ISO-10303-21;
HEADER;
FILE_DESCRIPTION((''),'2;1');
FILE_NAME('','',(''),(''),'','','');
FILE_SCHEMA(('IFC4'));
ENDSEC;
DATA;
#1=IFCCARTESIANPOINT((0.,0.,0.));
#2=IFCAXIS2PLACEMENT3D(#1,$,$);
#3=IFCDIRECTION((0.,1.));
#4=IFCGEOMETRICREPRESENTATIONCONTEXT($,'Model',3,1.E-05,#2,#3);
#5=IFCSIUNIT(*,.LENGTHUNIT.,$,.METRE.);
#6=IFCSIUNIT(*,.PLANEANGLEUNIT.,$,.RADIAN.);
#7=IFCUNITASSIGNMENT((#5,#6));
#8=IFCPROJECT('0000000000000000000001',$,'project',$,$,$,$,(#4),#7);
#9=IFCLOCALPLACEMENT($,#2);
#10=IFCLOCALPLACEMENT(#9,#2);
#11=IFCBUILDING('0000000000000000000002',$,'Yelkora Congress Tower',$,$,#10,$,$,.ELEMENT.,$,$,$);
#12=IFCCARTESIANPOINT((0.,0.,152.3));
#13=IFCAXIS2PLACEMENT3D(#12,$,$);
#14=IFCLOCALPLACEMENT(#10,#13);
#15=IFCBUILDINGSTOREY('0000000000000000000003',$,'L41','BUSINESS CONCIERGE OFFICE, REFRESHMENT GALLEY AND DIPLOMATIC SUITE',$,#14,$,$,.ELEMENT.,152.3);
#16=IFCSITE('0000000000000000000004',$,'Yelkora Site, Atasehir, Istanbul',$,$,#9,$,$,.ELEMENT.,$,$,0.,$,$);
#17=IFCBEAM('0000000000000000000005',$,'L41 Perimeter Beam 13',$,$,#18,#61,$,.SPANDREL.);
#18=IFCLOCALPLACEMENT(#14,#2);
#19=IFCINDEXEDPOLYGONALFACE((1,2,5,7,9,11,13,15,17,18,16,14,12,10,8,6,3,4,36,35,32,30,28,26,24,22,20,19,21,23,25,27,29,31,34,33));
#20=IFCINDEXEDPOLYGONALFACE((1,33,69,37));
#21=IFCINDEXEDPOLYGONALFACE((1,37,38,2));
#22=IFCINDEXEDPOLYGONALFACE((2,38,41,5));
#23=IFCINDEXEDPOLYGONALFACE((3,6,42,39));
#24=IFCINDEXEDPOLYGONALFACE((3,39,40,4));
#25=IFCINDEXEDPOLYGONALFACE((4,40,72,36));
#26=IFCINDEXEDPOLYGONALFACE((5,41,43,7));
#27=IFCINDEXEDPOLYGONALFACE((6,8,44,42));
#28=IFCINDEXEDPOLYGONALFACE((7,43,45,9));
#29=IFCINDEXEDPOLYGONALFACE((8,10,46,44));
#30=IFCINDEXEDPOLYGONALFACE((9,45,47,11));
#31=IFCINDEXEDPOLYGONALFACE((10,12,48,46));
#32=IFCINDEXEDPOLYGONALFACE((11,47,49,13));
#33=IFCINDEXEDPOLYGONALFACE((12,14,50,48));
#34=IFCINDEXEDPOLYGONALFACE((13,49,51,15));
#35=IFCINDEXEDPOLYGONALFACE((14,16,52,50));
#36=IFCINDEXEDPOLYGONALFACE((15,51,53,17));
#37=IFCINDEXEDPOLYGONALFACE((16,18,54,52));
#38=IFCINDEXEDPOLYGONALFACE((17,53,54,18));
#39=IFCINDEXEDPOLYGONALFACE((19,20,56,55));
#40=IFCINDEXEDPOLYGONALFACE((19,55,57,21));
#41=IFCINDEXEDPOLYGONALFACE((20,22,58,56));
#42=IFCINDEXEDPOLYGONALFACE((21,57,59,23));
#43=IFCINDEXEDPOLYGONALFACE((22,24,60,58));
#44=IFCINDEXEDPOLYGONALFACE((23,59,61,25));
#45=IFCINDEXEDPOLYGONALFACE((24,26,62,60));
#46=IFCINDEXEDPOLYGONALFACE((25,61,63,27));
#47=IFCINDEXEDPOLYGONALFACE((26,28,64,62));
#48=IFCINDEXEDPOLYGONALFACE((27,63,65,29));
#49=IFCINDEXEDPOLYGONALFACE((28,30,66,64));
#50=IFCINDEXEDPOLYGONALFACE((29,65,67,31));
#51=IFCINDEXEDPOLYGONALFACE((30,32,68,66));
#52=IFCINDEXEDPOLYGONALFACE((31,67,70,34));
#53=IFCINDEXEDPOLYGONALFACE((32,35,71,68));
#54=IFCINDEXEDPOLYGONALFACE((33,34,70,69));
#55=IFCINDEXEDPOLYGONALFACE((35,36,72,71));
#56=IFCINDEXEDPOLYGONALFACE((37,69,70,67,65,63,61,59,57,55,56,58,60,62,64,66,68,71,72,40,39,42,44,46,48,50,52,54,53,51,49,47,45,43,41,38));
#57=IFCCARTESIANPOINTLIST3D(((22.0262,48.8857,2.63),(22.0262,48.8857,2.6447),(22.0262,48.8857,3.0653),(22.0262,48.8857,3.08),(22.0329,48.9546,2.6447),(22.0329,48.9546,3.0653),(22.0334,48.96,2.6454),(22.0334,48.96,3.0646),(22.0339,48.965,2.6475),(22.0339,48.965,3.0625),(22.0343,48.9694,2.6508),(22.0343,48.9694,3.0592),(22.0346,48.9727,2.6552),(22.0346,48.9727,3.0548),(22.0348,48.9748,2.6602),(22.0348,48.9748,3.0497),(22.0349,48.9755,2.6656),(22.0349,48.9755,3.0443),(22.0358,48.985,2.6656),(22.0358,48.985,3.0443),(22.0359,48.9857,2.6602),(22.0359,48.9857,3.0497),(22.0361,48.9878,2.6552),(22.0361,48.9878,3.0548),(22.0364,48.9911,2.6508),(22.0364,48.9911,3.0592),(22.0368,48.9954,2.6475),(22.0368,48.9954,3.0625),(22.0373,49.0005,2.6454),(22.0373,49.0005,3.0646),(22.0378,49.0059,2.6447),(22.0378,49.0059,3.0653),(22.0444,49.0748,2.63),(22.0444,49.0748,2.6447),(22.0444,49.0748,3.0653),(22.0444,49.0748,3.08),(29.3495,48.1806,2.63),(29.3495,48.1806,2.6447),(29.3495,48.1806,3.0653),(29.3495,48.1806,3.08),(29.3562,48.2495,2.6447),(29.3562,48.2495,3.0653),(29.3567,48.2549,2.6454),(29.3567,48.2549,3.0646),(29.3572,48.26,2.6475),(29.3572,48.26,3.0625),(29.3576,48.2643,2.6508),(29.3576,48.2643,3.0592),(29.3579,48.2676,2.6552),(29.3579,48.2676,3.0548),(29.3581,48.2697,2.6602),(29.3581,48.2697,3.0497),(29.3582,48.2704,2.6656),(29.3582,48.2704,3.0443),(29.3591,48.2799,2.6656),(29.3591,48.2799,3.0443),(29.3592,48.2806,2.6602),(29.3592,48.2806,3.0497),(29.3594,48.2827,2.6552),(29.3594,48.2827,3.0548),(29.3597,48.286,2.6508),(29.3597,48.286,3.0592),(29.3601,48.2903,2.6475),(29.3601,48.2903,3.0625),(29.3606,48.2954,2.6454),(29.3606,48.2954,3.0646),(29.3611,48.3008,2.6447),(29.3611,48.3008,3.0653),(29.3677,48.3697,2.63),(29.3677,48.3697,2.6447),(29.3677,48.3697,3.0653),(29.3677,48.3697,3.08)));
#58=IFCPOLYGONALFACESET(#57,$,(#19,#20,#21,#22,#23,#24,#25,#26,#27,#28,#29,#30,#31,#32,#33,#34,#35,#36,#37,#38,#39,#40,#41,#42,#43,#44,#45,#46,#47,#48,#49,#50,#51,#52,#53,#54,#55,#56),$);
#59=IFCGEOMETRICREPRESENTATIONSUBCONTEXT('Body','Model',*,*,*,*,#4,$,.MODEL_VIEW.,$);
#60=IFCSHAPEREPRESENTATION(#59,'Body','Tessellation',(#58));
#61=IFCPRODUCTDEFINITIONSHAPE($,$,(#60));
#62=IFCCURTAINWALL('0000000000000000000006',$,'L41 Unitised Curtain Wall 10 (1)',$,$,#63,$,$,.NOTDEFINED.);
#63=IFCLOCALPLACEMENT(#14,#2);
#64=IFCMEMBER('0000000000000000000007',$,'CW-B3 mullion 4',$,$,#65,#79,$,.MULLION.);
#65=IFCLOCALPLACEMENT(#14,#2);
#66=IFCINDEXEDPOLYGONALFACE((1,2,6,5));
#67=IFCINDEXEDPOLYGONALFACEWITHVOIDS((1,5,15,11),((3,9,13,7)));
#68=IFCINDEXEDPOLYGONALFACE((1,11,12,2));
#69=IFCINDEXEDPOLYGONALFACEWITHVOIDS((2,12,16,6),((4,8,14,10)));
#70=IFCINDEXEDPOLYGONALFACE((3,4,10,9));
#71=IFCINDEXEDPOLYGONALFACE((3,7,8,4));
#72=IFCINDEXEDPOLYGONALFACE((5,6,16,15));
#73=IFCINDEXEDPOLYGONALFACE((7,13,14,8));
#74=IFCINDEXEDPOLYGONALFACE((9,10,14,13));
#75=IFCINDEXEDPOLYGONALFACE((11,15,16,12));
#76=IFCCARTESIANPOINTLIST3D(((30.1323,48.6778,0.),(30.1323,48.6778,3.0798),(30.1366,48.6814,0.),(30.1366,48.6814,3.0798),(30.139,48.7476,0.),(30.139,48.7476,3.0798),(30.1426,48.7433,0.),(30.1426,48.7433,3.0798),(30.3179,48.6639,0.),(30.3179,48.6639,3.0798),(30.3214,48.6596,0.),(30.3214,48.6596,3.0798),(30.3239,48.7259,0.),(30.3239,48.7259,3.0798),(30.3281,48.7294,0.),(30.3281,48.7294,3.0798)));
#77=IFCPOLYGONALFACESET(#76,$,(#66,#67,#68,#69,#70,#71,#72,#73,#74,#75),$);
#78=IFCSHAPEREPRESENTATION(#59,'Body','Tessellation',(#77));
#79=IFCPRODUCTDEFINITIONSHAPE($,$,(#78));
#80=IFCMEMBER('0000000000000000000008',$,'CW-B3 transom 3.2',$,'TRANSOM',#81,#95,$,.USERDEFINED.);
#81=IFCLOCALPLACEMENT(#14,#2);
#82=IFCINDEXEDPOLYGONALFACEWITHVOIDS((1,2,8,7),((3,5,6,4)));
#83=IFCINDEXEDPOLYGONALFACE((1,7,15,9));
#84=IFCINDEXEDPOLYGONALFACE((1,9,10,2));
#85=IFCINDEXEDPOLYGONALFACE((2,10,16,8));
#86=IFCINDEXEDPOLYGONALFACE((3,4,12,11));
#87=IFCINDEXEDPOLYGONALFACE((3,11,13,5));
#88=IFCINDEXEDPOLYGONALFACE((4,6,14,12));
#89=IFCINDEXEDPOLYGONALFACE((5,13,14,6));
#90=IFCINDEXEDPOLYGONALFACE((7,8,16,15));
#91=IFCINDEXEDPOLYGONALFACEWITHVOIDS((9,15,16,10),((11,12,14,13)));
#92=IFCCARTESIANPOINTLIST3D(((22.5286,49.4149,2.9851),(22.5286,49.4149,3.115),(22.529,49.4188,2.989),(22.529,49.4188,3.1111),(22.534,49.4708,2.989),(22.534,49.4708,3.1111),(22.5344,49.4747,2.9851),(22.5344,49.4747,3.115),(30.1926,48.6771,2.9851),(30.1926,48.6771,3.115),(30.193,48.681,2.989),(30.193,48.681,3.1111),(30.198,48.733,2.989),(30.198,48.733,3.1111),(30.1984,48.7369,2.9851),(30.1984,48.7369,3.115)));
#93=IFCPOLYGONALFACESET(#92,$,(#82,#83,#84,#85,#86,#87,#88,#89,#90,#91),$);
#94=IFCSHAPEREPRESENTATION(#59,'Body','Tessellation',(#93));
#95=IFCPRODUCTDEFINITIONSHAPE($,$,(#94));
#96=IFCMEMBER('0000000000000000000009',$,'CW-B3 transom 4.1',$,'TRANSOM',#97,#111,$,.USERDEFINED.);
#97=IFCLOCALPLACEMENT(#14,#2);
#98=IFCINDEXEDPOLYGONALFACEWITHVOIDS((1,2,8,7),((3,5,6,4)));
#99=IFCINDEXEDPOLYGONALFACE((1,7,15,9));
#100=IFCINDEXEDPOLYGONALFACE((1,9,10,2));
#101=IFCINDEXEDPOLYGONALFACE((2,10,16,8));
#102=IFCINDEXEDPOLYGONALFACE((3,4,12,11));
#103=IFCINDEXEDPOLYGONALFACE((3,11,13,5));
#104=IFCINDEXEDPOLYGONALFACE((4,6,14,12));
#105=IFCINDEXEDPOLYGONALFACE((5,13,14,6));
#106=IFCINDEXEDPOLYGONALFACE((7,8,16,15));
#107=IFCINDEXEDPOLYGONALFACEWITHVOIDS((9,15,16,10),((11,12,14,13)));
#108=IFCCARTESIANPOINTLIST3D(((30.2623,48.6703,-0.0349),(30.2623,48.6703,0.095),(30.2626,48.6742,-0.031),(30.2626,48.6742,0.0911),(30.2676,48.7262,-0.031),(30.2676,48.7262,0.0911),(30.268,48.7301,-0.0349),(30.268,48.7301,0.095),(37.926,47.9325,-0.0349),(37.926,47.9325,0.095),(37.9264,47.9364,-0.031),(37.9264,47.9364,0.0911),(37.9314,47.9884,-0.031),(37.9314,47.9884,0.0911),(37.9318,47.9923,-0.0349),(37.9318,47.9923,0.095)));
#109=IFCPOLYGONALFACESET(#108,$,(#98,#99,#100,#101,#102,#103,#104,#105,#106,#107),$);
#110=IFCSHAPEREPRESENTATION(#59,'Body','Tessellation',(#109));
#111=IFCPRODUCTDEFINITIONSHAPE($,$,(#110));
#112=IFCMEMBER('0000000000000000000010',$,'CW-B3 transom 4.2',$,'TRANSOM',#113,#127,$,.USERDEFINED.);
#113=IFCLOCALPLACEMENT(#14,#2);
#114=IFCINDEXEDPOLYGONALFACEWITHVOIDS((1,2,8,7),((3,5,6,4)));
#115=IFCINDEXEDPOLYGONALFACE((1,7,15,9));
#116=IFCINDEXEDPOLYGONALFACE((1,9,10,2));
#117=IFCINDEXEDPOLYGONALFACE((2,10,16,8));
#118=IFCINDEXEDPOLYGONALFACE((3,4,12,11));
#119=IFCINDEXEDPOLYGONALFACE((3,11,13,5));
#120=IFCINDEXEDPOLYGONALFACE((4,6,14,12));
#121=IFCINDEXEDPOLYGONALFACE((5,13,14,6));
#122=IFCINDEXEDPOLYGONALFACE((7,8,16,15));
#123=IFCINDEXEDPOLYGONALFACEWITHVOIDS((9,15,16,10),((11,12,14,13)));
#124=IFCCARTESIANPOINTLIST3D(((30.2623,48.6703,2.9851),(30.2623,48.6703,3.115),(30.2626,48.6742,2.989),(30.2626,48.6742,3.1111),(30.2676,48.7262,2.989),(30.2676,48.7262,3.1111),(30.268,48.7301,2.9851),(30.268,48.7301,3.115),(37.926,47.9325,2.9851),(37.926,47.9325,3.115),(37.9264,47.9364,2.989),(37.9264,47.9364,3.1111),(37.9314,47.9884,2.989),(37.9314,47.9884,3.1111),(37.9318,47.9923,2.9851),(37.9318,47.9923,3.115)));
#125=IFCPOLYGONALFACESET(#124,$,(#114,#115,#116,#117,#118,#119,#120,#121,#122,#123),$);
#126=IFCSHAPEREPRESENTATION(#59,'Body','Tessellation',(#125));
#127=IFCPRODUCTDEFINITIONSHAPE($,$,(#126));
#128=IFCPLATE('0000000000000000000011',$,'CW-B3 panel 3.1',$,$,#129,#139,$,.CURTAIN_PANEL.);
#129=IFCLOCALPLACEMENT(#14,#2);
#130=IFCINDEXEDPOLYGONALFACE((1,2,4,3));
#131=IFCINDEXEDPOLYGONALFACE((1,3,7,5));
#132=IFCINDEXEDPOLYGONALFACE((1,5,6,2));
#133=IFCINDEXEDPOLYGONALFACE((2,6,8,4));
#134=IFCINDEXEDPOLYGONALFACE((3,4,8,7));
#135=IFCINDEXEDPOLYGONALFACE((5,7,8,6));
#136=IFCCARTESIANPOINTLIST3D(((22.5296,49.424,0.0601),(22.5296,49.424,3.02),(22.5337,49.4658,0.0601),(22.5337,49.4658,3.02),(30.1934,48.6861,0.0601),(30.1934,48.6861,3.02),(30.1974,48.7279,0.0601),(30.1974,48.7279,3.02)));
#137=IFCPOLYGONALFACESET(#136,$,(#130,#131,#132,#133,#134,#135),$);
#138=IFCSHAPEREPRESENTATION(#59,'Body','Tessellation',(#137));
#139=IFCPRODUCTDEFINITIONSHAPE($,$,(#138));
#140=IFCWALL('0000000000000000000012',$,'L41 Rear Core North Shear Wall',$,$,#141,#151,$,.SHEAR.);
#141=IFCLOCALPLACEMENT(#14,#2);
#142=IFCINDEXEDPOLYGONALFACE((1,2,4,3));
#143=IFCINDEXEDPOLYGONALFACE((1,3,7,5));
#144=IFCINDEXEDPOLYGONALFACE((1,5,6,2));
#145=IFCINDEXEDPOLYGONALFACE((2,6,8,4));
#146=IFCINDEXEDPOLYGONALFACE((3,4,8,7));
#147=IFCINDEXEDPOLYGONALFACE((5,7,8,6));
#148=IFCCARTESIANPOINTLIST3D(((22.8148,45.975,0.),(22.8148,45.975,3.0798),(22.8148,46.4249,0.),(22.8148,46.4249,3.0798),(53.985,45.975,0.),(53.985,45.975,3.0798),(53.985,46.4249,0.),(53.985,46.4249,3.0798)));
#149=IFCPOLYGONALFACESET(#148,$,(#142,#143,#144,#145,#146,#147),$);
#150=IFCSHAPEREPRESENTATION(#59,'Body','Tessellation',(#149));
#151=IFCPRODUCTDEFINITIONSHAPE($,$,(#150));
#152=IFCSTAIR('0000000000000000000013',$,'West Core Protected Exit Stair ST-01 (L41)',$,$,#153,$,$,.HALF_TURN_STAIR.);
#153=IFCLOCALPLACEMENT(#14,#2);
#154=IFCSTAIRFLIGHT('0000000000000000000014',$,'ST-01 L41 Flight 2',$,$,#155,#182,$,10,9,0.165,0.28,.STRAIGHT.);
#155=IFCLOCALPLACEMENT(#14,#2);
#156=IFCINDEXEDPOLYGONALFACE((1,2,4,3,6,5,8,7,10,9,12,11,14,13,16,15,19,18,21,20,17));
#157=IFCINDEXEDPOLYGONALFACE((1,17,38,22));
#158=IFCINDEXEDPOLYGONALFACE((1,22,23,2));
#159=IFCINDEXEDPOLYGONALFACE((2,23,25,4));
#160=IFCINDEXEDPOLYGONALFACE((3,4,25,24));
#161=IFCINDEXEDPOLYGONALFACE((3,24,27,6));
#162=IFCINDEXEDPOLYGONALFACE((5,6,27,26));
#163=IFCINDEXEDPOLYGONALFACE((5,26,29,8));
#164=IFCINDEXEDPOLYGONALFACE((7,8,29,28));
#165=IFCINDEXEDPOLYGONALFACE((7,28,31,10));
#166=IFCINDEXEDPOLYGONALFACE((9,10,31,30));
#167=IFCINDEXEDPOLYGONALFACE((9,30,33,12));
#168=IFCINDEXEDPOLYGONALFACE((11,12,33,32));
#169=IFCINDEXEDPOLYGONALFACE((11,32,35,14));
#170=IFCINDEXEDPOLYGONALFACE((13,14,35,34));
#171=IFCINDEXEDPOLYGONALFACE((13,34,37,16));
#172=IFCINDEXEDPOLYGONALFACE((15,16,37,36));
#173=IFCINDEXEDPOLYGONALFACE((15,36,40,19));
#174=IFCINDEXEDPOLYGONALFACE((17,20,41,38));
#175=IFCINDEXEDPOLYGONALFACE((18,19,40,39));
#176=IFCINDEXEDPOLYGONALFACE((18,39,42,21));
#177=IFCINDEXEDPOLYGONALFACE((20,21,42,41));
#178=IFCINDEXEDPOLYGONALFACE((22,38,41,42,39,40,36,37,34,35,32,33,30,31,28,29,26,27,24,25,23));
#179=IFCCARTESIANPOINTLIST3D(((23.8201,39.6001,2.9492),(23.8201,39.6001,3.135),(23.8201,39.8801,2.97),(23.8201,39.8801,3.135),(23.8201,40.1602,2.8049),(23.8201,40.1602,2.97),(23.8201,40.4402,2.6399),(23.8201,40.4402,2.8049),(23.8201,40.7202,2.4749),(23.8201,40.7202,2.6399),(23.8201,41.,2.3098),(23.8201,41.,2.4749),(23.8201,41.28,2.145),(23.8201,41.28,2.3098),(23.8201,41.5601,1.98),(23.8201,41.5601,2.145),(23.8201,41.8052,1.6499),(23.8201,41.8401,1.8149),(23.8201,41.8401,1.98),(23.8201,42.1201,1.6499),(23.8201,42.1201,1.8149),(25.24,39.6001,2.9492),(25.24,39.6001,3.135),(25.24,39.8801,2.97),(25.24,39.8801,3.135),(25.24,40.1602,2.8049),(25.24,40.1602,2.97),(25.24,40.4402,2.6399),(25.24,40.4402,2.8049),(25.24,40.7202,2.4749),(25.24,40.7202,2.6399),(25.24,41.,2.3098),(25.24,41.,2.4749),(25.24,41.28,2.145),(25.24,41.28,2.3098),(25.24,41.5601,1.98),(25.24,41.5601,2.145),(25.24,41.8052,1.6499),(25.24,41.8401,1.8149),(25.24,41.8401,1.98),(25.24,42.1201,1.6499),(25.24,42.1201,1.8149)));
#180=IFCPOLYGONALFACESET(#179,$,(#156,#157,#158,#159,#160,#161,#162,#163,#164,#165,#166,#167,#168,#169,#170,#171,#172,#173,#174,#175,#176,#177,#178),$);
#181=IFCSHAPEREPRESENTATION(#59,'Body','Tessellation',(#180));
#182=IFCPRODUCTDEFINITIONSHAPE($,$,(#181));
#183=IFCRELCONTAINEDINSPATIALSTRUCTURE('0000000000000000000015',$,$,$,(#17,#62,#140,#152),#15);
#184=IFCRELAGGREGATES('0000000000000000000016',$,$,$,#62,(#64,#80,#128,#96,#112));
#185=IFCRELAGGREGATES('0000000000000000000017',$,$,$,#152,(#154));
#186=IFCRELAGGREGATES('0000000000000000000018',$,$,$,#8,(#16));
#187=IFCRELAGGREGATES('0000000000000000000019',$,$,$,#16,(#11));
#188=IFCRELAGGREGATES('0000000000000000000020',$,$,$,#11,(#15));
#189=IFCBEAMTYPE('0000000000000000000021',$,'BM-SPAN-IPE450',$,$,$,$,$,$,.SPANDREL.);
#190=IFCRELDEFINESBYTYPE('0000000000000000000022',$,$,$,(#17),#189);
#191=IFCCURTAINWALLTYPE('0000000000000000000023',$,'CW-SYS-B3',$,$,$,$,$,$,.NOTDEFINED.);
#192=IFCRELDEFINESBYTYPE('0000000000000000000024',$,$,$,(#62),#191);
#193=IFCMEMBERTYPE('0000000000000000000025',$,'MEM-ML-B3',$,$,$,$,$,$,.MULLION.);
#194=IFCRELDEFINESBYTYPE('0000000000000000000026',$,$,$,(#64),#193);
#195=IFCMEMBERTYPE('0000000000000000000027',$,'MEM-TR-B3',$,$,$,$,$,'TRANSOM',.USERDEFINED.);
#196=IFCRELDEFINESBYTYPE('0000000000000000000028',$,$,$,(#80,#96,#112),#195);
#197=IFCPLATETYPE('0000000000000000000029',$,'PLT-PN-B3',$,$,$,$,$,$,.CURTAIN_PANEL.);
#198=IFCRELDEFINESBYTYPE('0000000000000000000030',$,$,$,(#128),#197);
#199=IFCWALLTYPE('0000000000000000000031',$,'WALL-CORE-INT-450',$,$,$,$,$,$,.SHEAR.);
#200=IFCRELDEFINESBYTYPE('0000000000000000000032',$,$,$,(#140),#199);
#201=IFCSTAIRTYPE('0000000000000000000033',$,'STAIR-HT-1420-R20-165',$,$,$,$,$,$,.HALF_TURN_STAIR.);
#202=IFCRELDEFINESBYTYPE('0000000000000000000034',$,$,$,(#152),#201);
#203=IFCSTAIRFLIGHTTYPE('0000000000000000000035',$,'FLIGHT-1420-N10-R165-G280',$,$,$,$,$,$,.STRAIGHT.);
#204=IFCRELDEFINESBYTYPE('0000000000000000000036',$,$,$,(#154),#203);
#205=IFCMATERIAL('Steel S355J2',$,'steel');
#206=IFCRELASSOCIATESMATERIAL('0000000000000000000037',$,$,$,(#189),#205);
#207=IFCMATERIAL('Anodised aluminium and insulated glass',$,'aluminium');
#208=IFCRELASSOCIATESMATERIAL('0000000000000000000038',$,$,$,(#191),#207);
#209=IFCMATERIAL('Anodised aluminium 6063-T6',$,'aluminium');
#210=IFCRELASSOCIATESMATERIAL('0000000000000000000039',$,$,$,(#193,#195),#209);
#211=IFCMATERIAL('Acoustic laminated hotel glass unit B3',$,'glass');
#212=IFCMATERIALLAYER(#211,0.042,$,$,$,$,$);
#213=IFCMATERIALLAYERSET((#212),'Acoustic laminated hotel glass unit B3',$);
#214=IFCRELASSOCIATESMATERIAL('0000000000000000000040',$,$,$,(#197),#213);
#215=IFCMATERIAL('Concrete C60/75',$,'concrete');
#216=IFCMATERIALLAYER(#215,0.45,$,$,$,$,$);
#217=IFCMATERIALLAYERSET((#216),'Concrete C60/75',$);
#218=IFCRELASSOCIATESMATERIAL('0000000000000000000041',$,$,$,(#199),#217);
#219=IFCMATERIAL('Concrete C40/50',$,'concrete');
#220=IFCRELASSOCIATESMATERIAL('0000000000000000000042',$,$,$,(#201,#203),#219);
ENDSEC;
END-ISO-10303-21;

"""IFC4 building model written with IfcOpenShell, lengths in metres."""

from ifc_helpers import new_model, si_unit, direction, frame, frame_2d, origin, origin_2d, place, context, subcontext, project, spatial, polyline, rectangle, hollow_rectangle, i_section, outline, extrude, material, layer, layer_set, material_profile, profile_set, type_object, element, aggregate, save


model = new_model("IFC4")

# Units and contexts
model_context = context("Model", 3, precision=1e-05, world=origin(), true_north=direction((0.0, 1.0)))
body_context = subcontext(model_context, "Body", "Model", "MODEL_VIEW")
ifc_project = project(units=[si_unit("LENGTHUNIT", "METRE"), si_unit("PLANEANGLEUNIT", "RADIAN")], contexts=[model_context])

# Site, building, storey
site_placement = place(None, origin())
site = spatial("IfcSite", under=ifc_project, at=site_placement, Name="Yelkora Site, Atasehir, Istanbul", CompositionType="ELEMENT", RefElevation=0.0)
building_placement = place(site_placement, origin())
building = spatial("IfcBuilding", under=site, at=building_placement, Name="Yelkora Congress Tower", CompositionType="ELEMENT")
storey_placement = place(building_placement, frame((0.0, 0.0, 152.3)))
storey = spatial("IfcBuildingStorey", under=building, at=storey_placement, Name="L41", Description="BUSINESS CONCIERGE OFFICE, REFRESHMENT GALLEY AND DIPLOMATIC SUITE", CompositionType="ELEMENT", Elevation=152.3)

# Beam
ifc_material_1 = material(Name="Steel S355J2", Category="steel")
ifc_material_profile_1 = material_profile(ifc_material_1, i_section(OverallWidth=0.1899, OverallDepth=0.45, WebThickness=0.0095, FlangeThickness=0.0146, FilletRadius=0.021, at=origin_2d()), Name="IPE 450")
ifc_profile_set_1 = profile_set([ifc_material_profile_1], Name="Steel S355J2")
beam_type_1 = type_object("IfcBeamType", Name="BM-SPAN-IPE450", PredefinedType="SPANDREL", material=ifc_profile_set_1)
beam_1_placement = place(storey_placement, frame((29.3586, 48.2751, 2.855), z_axis=(-0.995397, 0.095836, 0.0), x_axis=(-0.095836, -0.995397, 0.0)))
element("IfcBeam", 1, at=beam_1_placement, inside=storey, type_object=beam_type_1, Name="L41 Perimeter Beam 13", PredefinedType="SPANDREL", context=body_context, shape_type="SweptSolid", body=[
    extrude(i_section(OverallWidth=0.1899, OverallDepth=0.45, WebThickness=0.0095, FlangeThickness=0.0146, FilletRadius=0.021, at=origin_2d()), origin(), (0.0, 0.0, 1.0), 7.3572),
])

# Curtain wall, members, plate
ifc_material_2 = material(Name="Anodised aluminium and insulated glass", Category="aluminium")
curtain_wall_type = type_object("IfcCurtainWallType", Name="CW-SYS-B3", PredefinedType="NOTDEFINED", material=ifc_material_2)
curtain_wall_placement = place(storey_placement, origin())
curtain_wall = element("IfcCurtainWall", 2, at=curtain_wall_placement, inside=storey, type_object=curtain_wall_type, Name="L41 Unitised Curtain Wall 10 (1)", PredefinedType="NOTDEFINED")
ifc_material_3 = material(Name="Anodised aluminium 6063-T6", Category="aluminium")
ifc_material_profile_2 = material_profile(ifc_material_3, hollow_rectangle(XDim=0.0701, YDim=0.1899, WallThickness=0.0039, at=origin_2d()), Name="ALU 70x190x4")
ifc_profile_set_2 = profile_set([ifc_material_profile_2], Name="Anodised aluminium 6063-T6")
member_type_1 = type_object("IfcMemberType", Name="MEM-ML-B3", PredefinedType="MULLION", material=ifc_profile_set_2)
member_1_placement = place(storey_placement, frame((30.2302, 48.7036, 0.0), z_axis=(0.0, 0.0, 1.0), x_axis=(0.095845, 0.995396, 0.0)))
member_1 = element("IfcMember", 3, at=member_1_placement, type_object=member_type_1, Name="CW-B3 mullion 4", PredefinedType="MULLION", context=body_context, shape_type="SweptSolid", body=[
    extrude(hollow_rectangle(XDim=0.0701, YDim=0.1899, WallThickness=0.0039, at=origin_2d()), origin(), (0.0, 0.0, 1.0), 3.0798),
])
ifc_material_profile_3 = material_profile(ifc_material_3, hollow_rectangle(XDim=0.0601, YDim=0.1299, WallThickness=0.0039, at=origin_2d()), Name="ALU 60x130x4")
ifc_profile_set_3 = profile_set([ifc_material_profile_3], Name="Anodised aluminium 6063-T6")
member_type_2 = type_object("IfcMemberType", Name="MEM-TR-B3", ElementType="TRANSOM", PredefinedType="USERDEFINED", material=ifc_profile_set_3)
member_2_placement = place(storey_placement, frame((22.5315, 49.4448, 3.05), z_axis=(0.995398, -0.095824, 0.0), x_axis=(0.095824, 0.995398, 0.0)))
member_2 = element("IfcMember", 4, at=member_2_placement, type_object=member_type_2, Name="CW-B3 transom 3.2", ObjectType="TRANSOM", PredefinedType="USERDEFINED", context=body_context, shape_type="SweptSolid", body=[
    extrude(hollow_rectangle(XDim=0.0601, YDim=0.1299, WallThickness=0.0039, at=origin_2d()), origin(), (0.0, 0.0, 1.0), 7.6995),
])
member_3_placement = place(storey_placement, frame((30.2651, 48.7002, 0.03), z_axis=(0.995398, -0.095827, 0.0), x_axis=(0.095827, 0.995398, 0.0)))
member_3 = element("IfcMember", 5, at=member_3_placement, type_object=member_type_2, Name="CW-B3 transom 4.1", ObjectType="TRANSOM", PredefinedType="USERDEFINED", context=body_context, shape_type="SweptSolid", body=[
    extrude(hollow_rectangle(XDim=0.0601, YDim=0.1299, WallThickness=0.0039, at=origin_2d()), origin(), (0.0, 0.0, 1.0), 7.6992),
])
member_4_placement = place(storey_placement, frame((30.2651, 48.7002, 3.05), z_axis=(0.995398, -0.095827, 0.0), x_axis=(0.095827, 0.995398, 0.0)))
member_4 = element("IfcMember", 6, at=member_4_placement, type_object=member_type_2, Name="CW-B3 transom 4.2", ObjectType="TRANSOM", PredefinedType="USERDEFINED", context=body_context, shape_type="SweptSolid", body=[
    extrude(hollow_rectangle(XDim=0.0601, YDim=0.1299, WallThickness=0.0039, at=origin_2d()), origin(), (0.0, 0.0, 1.0), 7.6992),
])
ifc_material_4 = material(Name="Acoustic laminated hotel glass unit B3", Category="glass")
ifc_layer_1 = layer(ifc_material_4, 0.042)
ifc_layer_set_1 = layer_set([ifc_layer_1], Name="Acoustic laminated hotel glass unit B3")
plate_type = type_object("IfcPlateType", Name="PLT-PN-B3", PredefinedType="CURTAIN_PANEL", material=ifc_layer_set_1)
plate_placement = place(storey_placement, frame((26.3635, 49.0759, 0.0601), z_axis=(0.0, 0.0, 1.0), x_axis=(0.995396, -0.095845, 0.0)))
plate = element("IfcPlate", 7, at=plate_placement, type_object=plate_type, Name="CW-B3 panel 3.1", PredefinedType="CURTAIN_PANEL", context=body_context, shape_type="SweptSolid", body=[
    extrude(rectangle(XDim=7.6992, YDim=0.042, at=origin_2d()), origin(), (0.0, 0.0, 1.0), 2.96),
])
aggregate(curtain_wall, [member_1, member_2, plate, member_3, member_4])

# Wall
ifc_material_5 = material(Name="Concrete C60/75", Category="concrete")
ifc_layer_2 = layer(ifc_material_5, 0.45)
ifc_layer_set_2 = layer_set([ifc_layer_2], Name="Concrete C60/75")
wall_type_1 = type_object("IfcWallType", Name="WALL-CORE-INT-450", PredefinedType="SHEAR", material=ifc_layer_set_2)
wall_1_placement = place(storey_placement, frame((22.8149, 46.2, 0.0), z_axis=(0.0, 0.0, 1.0), x_axis=(1.0, 0.0, 0.0)))
element("IfcWall", 8, at=wall_1_placement, inside=storey, type_object=wall_type_1, Name="L41 Rear Core North Shear Wall", PredefinedType="SHEAR", context=body_context, shape_type="SweptSolid", body=[
    extrude(rectangle(XDim=31.1702, YDim=0.45, at=frame_2d((15.585, 0.0))), origin(), (0.0, 0.0, 1.0), 3.0798),
])

# Stair, stair flight
ifc_material_6 = material(Name="Concrete C40/50", Category="concrete")
stair_type = type_object("IfcStairType", Name="STAIR-HT-1420-R20-165", PredefinedType="HALF_TURN_STAIR", material=ifc_material_6)
stair_placement = place(storey_placement, origin())
stair = element("IfcStair", 9, at=stair_placement, inside=storey, type_object=stair_type, Name="West Core Protected Exit Stair ST-01 (L41)", PredefinedType="HALF_TURN_STAIR")
stair_flight_type = type_object("IfcStairFlightType", Name="FLIGHT-1420-N10-R165-G280", PredefinedType="STRAIGHT", material=ifc_material_6)
stair_flight_placement = place(storey_placement, frame((24.53, 42.1201, 1.6499), z_axis=(0.0, 0.0, 1.0), x_axis=(0.0, -1.0, 0.0)))
stair_flight = element("IfcStairFlight", 10, at=stair_flight_placement, type_object=stair_flight_type, Name="ST-01 L41 Flight 2", NumberOfRisers=10, NumberOfTreads=9, PredefinedType="STRAIGHT", RiserHeight=0.165, TreadLength=0.28, context=body_context, shape_type="SweptSolid", body=[
    extrude(outline(polyline([(0.0, 0.0), (0.0, 0.165), (0.28, 0.165), (0.28, 0.3301), (0.5601, 0.3301), (0.5601, 0.4951), (0.8401, 0.4951), (0.8401, 0.6599), (1.1201, 0.6599), (1.1201, 0.825), (1.3999, 0.825), (1.3999, 0.99), (1.6799, 0.99), (1.6799, 1.155), (1.96, 1.155), (1.96, 1.3201), (2.24, 1.3201), (2.24, 1.4851), (2.52, 1.4851), (2.52, 1.6499), (2.52, 1.2993), (0.3149, 0.0), (0.0, 0.0)])), frame((0.0, 0.71, 0.0), z_axis=(0.0, -1.0, 0.0), x_axis=(1.0, 0.0, 0.0)), (0.0, 0.0, 1.0), 1.4199),
])
aggregate(stair, [stair_flight])

save(model, "model.ifc")
